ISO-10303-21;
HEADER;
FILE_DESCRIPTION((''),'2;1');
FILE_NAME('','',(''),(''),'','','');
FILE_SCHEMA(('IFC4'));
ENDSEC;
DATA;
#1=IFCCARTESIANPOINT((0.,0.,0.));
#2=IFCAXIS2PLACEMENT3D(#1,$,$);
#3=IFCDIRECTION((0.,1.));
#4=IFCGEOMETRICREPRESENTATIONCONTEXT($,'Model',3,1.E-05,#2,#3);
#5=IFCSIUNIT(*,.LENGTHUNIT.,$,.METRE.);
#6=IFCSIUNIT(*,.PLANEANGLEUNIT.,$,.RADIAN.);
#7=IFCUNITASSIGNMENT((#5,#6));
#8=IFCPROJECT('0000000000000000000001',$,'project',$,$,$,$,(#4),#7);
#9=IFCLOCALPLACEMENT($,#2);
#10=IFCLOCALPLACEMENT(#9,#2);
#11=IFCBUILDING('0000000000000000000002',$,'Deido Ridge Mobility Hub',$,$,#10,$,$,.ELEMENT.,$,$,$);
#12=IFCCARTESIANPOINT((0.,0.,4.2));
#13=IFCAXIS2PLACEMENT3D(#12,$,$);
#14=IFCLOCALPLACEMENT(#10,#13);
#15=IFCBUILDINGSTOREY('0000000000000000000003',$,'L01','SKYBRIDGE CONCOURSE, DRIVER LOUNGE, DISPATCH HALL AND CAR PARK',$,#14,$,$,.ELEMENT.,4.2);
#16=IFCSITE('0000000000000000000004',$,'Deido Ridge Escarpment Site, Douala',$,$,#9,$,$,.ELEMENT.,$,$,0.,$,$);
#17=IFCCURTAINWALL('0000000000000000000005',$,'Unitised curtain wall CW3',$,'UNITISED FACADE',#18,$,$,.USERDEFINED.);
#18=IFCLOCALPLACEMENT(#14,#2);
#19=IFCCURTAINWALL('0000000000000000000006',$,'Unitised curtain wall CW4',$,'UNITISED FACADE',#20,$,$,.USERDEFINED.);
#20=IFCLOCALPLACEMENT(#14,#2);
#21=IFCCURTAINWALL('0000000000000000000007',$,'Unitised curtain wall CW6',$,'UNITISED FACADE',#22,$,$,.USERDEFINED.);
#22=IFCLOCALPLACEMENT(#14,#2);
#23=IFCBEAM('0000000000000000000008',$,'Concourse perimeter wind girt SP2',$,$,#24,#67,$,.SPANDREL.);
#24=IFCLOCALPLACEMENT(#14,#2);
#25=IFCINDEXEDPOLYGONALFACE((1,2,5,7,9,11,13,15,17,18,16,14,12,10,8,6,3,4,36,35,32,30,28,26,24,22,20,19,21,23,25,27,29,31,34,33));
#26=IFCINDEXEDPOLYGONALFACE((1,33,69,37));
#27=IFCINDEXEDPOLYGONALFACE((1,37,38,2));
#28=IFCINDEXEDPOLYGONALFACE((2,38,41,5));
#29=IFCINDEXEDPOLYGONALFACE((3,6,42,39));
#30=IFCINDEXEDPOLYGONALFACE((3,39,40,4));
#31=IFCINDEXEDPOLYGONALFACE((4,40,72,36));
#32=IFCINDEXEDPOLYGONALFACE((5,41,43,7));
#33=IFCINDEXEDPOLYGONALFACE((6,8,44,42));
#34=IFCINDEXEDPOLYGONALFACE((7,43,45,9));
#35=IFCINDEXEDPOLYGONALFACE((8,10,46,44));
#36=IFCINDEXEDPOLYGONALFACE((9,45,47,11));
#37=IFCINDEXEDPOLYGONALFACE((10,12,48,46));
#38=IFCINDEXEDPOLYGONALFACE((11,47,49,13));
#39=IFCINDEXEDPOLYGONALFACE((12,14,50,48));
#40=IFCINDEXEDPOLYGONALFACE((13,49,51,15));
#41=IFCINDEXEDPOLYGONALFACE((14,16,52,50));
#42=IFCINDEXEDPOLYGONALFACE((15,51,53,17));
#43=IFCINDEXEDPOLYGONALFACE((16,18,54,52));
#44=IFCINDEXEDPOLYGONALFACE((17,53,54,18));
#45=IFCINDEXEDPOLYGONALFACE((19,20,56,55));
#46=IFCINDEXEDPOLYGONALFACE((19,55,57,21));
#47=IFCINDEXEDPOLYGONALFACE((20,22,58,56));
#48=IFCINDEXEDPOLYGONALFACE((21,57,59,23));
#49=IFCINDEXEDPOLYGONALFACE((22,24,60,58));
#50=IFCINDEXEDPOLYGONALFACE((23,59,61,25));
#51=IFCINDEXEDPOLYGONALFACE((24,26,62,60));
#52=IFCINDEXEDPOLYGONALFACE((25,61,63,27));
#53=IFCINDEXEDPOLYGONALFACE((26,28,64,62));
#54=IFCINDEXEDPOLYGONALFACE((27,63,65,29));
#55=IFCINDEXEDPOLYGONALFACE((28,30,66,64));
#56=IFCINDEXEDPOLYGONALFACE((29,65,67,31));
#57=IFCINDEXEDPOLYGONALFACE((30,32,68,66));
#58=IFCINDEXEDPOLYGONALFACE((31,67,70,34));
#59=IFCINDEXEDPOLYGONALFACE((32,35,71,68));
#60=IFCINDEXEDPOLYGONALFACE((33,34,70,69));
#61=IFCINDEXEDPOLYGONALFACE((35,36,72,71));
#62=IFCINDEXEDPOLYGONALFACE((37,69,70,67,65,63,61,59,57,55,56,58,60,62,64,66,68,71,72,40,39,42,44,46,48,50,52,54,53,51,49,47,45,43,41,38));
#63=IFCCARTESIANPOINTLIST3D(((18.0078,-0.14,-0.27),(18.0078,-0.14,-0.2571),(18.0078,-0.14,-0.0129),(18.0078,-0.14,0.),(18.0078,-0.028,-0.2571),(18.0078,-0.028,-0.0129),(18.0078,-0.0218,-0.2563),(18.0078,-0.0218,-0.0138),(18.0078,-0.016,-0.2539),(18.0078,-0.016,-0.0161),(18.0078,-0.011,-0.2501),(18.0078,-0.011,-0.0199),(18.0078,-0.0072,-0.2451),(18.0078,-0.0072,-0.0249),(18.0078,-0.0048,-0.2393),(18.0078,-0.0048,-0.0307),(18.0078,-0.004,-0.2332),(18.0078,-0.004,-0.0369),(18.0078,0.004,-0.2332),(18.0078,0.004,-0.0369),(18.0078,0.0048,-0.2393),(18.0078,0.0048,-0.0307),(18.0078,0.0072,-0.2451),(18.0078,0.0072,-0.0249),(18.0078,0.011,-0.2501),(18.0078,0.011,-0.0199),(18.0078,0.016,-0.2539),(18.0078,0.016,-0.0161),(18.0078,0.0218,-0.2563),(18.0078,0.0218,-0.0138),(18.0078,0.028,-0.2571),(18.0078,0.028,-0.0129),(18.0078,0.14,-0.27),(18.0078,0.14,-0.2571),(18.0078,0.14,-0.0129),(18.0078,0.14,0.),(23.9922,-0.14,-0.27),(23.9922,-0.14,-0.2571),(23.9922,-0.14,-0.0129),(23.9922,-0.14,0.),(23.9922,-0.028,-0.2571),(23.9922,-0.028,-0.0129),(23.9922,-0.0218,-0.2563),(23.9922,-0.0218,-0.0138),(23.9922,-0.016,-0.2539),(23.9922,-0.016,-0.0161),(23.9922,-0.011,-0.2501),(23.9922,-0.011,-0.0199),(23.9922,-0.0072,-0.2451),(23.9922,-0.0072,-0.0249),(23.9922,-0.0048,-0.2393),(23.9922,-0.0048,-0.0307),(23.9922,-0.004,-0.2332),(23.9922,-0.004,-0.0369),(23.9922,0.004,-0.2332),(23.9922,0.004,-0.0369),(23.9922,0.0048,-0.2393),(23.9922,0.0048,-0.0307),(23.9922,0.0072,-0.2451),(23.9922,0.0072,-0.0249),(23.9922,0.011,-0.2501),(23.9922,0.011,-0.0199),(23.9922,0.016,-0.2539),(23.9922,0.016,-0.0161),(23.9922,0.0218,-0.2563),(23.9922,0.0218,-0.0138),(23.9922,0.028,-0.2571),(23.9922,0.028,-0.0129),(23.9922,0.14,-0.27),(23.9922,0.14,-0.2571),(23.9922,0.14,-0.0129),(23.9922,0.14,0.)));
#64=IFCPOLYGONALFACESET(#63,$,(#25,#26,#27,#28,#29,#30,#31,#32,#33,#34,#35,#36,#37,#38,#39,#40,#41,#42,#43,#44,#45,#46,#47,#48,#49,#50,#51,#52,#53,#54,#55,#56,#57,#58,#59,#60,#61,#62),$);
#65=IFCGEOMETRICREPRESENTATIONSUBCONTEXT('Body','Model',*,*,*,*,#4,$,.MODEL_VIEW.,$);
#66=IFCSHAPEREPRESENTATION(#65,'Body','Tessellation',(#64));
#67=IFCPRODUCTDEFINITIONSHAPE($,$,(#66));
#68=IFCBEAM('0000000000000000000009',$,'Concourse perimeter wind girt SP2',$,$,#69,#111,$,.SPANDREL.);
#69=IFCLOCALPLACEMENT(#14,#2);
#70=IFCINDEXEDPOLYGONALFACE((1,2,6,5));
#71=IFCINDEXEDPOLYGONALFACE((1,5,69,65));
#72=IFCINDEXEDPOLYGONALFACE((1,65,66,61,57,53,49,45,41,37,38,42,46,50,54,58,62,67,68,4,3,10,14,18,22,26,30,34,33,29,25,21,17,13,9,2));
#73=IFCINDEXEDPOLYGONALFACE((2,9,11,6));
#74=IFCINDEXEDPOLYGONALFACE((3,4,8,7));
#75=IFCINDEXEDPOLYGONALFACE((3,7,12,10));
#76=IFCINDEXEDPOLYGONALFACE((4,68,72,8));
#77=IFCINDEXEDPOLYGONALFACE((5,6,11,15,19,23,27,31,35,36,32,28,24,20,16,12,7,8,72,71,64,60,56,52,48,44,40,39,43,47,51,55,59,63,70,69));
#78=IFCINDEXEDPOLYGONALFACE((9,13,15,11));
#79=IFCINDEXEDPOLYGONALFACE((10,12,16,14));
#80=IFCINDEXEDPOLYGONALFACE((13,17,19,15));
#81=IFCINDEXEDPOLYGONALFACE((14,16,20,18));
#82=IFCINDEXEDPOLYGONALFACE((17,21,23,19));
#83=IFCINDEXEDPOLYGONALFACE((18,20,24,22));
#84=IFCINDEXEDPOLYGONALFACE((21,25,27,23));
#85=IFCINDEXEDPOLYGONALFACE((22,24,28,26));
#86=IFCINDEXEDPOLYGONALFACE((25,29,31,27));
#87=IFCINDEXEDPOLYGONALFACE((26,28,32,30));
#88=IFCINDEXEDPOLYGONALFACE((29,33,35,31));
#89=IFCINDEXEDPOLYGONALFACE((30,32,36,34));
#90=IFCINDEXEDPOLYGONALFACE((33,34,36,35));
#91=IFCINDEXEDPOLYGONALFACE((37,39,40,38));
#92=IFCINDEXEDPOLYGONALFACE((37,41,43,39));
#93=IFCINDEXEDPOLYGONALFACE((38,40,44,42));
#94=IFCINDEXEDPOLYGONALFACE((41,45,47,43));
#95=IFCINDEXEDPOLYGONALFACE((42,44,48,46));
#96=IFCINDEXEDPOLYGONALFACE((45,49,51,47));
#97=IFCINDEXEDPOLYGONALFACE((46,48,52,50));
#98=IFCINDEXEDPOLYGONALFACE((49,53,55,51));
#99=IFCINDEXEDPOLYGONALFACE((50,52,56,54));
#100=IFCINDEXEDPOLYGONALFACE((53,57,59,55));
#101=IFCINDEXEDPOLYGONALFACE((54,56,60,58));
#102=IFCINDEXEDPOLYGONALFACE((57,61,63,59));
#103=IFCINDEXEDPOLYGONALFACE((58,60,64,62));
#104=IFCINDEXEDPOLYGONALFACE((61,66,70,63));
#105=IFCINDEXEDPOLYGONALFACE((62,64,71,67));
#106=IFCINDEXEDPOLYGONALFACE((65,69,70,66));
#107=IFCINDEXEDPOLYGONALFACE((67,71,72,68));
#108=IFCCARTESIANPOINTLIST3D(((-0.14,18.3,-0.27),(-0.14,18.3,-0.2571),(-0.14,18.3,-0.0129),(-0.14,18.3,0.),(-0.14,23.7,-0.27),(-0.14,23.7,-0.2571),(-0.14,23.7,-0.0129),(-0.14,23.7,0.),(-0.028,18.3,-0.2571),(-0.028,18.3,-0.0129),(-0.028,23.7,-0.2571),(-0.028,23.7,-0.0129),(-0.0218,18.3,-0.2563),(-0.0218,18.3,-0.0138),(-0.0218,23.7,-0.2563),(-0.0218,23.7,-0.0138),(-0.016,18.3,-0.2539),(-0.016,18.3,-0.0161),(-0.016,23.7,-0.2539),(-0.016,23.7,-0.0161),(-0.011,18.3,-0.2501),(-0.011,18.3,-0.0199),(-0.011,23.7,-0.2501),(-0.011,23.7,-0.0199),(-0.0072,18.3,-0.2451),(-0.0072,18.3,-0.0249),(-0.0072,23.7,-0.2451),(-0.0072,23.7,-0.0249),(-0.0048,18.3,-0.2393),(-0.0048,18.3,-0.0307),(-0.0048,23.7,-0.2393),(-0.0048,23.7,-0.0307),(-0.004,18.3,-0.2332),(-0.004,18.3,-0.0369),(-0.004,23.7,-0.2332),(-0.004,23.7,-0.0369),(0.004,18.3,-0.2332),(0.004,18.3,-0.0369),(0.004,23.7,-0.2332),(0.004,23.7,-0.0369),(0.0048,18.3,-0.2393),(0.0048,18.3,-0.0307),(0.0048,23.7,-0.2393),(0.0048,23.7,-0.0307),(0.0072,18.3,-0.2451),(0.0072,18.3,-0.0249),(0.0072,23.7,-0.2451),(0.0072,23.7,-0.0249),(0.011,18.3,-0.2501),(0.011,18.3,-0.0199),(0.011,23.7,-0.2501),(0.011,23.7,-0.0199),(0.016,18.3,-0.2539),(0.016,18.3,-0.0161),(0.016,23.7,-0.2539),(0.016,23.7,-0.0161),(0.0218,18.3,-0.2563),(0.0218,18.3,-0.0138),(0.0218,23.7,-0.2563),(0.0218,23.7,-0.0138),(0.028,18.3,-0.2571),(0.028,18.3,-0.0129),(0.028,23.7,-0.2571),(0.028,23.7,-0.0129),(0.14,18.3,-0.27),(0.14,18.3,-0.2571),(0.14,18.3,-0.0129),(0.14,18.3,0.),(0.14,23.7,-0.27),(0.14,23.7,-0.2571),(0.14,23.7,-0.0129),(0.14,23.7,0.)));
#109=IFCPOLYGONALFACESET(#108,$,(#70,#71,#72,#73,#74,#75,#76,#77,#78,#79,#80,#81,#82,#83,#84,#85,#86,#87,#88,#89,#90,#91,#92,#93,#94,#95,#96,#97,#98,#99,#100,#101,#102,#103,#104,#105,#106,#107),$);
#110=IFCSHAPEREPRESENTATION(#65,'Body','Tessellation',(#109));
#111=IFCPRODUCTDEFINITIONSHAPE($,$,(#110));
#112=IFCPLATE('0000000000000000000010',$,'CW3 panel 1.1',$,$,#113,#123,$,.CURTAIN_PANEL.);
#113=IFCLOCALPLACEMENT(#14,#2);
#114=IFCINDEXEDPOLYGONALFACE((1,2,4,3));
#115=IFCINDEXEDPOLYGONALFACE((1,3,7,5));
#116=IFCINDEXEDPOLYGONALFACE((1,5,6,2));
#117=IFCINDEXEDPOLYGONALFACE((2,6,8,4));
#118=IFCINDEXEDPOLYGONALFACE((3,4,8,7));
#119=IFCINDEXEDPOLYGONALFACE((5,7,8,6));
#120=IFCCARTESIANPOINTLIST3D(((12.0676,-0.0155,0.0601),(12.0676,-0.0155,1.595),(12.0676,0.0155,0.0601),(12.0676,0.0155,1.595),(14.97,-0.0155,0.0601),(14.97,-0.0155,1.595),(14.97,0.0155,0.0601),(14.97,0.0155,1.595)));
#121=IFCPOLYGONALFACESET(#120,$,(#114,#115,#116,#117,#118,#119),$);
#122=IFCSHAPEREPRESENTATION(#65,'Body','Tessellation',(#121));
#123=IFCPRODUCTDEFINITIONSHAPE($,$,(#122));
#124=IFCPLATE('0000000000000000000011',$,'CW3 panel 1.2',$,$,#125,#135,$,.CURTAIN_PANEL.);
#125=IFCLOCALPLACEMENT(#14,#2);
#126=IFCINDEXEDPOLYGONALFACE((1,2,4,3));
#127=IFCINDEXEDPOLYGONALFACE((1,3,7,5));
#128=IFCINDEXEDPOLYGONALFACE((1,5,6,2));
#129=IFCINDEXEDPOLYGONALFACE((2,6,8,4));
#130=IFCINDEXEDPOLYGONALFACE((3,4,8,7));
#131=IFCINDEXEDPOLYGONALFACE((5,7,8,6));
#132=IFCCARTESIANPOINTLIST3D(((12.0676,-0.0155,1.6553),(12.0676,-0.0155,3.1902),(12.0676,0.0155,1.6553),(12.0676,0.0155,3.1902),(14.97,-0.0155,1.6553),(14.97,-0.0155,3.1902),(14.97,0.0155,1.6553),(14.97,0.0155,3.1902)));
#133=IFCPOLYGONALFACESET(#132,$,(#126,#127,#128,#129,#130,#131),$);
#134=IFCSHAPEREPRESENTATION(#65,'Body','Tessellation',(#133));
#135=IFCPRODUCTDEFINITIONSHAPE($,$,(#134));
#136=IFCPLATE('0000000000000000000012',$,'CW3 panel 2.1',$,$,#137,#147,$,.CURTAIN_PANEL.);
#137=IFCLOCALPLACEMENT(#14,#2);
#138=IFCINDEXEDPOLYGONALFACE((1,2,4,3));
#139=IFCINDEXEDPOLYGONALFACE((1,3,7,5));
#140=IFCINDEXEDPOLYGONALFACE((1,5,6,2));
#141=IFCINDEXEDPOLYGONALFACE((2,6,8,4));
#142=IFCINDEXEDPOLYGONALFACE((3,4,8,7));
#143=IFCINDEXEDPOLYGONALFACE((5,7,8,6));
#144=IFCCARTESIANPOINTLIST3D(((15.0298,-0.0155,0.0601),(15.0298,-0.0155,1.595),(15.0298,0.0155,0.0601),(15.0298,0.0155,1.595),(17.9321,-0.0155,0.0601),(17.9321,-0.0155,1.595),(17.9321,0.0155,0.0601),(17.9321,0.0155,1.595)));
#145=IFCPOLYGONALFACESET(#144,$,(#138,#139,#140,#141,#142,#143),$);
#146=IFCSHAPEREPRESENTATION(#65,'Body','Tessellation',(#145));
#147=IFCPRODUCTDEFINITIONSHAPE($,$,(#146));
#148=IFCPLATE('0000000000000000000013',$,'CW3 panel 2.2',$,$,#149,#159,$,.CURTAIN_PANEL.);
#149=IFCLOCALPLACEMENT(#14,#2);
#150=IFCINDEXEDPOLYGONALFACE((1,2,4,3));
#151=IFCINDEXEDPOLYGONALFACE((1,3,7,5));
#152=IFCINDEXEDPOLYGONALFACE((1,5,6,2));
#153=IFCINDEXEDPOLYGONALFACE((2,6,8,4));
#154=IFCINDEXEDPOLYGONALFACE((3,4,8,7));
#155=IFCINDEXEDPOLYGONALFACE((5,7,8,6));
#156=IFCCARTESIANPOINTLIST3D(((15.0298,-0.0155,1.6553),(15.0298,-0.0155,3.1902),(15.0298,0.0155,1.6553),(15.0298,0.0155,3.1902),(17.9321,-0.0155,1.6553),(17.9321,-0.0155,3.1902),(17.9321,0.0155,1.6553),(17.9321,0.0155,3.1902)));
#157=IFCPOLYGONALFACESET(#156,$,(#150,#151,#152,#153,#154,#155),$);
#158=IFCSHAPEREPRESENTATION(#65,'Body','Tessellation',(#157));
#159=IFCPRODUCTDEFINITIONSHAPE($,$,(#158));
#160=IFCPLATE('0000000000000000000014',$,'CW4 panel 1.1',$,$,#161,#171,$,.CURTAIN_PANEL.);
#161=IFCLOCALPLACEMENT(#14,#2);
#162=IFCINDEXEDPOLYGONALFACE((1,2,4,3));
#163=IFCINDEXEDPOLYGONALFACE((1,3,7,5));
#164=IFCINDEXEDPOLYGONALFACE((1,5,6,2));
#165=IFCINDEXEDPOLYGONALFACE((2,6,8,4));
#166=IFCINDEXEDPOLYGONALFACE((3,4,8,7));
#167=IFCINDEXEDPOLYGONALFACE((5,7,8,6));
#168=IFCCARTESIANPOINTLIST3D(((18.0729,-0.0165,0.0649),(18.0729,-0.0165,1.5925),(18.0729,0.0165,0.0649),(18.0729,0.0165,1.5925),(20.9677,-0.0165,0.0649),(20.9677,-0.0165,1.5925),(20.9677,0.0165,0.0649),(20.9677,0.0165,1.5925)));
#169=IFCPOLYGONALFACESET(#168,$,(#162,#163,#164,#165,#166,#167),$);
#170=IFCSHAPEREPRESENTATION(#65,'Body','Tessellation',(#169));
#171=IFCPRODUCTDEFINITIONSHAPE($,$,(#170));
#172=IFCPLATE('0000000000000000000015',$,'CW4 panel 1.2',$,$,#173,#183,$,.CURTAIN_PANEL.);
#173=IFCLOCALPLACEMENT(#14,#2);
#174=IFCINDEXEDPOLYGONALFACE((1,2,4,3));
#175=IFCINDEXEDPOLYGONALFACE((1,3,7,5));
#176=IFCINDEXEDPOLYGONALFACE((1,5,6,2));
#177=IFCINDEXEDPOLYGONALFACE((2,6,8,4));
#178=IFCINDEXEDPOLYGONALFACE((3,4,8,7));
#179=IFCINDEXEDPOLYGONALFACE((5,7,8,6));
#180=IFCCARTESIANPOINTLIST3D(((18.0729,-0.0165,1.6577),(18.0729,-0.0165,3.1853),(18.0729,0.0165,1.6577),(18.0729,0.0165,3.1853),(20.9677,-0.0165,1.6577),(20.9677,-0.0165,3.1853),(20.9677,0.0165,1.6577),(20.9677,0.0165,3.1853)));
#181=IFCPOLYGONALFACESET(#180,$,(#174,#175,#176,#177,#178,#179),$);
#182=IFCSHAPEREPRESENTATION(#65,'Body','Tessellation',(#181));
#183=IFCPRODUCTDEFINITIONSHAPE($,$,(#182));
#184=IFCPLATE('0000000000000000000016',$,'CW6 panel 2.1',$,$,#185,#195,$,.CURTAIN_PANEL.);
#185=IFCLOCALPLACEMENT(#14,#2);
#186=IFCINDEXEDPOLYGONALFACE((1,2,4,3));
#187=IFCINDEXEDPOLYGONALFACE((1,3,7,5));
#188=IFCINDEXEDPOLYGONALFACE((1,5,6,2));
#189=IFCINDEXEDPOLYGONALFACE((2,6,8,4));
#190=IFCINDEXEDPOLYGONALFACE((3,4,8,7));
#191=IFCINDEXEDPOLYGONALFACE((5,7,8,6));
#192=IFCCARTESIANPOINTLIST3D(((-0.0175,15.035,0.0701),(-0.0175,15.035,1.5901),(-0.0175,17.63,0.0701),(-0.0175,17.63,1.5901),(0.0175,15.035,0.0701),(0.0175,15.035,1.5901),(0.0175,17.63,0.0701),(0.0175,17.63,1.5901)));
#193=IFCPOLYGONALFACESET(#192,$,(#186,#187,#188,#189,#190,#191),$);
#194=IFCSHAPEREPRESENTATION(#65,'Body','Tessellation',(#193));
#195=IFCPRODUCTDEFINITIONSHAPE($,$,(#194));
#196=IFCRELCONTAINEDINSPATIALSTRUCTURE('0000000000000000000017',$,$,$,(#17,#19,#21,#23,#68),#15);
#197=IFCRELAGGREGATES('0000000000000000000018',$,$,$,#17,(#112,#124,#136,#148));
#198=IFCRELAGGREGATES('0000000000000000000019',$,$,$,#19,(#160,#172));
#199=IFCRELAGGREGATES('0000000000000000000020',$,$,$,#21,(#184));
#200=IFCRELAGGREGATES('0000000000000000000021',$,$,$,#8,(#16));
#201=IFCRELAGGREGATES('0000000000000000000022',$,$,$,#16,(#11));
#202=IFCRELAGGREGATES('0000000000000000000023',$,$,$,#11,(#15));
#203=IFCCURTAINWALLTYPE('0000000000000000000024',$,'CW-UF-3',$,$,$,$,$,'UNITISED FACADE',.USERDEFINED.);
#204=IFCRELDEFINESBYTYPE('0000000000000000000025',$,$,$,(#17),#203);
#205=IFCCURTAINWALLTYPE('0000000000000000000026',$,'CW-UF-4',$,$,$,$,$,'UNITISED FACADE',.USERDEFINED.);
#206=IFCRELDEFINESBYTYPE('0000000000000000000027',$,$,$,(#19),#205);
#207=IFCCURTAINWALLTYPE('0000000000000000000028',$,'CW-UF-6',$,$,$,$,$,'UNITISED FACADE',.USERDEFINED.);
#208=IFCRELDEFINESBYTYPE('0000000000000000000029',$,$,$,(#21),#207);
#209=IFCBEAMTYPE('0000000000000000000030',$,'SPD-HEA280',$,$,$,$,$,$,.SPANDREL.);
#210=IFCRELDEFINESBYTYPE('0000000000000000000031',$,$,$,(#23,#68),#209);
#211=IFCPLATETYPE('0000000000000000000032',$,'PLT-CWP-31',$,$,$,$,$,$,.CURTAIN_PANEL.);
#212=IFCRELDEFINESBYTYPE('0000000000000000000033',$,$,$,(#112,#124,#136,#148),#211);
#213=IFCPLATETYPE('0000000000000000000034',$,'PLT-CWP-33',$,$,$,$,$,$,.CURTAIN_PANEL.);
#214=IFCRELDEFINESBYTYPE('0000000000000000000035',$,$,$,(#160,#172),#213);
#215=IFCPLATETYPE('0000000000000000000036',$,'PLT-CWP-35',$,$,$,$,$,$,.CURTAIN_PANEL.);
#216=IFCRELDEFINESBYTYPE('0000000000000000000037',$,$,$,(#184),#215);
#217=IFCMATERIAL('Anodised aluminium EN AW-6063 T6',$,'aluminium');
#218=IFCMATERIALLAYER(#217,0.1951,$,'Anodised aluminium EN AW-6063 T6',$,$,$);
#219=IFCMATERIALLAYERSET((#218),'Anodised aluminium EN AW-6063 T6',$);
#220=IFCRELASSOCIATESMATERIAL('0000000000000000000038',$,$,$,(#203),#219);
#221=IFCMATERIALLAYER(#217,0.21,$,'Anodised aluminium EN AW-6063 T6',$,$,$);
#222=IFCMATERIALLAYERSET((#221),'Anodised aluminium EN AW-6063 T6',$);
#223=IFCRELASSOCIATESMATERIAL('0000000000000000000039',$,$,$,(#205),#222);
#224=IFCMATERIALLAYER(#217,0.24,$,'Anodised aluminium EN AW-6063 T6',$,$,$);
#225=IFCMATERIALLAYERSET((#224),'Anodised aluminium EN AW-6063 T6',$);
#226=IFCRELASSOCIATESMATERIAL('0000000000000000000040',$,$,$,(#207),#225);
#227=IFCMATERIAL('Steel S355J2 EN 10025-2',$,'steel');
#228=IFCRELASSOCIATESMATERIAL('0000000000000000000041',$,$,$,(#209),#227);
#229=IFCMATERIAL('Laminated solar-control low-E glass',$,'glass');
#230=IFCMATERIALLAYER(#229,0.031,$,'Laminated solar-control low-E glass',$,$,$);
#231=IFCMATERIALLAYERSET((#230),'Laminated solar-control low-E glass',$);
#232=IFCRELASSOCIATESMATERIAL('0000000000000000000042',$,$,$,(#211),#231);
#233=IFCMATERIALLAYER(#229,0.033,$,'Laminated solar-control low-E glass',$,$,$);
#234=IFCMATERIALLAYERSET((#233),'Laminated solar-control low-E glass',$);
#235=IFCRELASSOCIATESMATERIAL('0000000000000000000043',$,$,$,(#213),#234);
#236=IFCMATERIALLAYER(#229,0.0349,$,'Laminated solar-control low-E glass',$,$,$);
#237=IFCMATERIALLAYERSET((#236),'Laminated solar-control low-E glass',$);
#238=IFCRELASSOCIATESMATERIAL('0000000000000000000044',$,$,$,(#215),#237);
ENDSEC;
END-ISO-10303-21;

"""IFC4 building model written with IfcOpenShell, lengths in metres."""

from ifc_helpers import new_model, si_unit, direction, frame, origin, origin_2d, place, context, subcontext, project, spatial, rectangle, i_section, extrude, material, layer, layer_set, material_profile, profile_set, type_object, element, aggregate, save


model = new_model("IFC4")

# Units and contexts
model_context = context("Model", 3, precision=1e-05, world=origin(), true_north=direction((0.0, 1.0)))
body_context = subcontext(model_context, "Body", "Model", "MODEL_VIEW")
ifc_project = project(units=[si_unit("LENGTHUNIT", "METRE"), si_unit("PLANEANGLEUNIT", "RADIAN")], contexts=[model_context])

# Site, building, storey
site_placement = place(None, origin())
site = spatial("IfcSite", under=ifc_project, at=site_placement, Name="Deido Ridge Escarpment Site, Douala", CompositionType="ELEMENT", RefElevation=0.0)
building_placement = place(site_placement, origin())
building = spatial("IfcBuilding", under=site, at=building_placement, Name="Deido Ridge Mobility Hub", CompositionType="ELEMENT")
storey_placement = place(building_placement, frame((0.0, 0.0, 4.2)))
storey = spatial("IfcBuildingStorey", under=building, at=storey_placement, Name="L01", Description="SKYBRIDGE CONCOURSE, DRIVER LOUNGE, DISPATCH HALL AND CAR PARK", CompositionType="ELEMENT", Elevation=4.2)

# Shared definitions
ifc_material_1 = material(Name="Steel S355J2 EN 10025-2", Category="steel")

# Curtain walls
ifc_material_2 = material(Name="Anodised aluminium EN AW-6063 T6", Category="aluminium")
ifc_layer_1 = layer(ifc_material_2, 0.1951, Name="Anodised aluminium EN AW-6063 T6")
ifc_layer_set_1 = layer_set([ifc_layer_1], Name="Anodised aluminium EN AW-6063 T6")
curtain_wall_type_1 = type_object("IfcCurtainWallType", Name="CW-UF-3", ElementType="UNITISED FACADE", PredefinedType="USERDEFINED", material=ifc_layer_set_1)
curtain_wall_1_placement = place(storey_placement, origin())
curtain_wall_1 = element("IfcCurtainWall", 1, at=curtain_wall_1_placement, inside=storey, type_object=curtain_wall_type_1, Name="Unitised curtain wall CW3", ObjectType="UNITISED FACADE", PredefinedType="USERDEFINED")
ifc_layer_2 = layer(ifc_material_2, 0.21, Name="Anodised aluminium EN AW-6063 T6")
ifc_layer_set_2 = layer_set([ifc_layer_2], Name="Anodised aluminium EN AW-6063 T6")
curtain_wall_type_2 = type_object("IfcCurtainWallType", Name="CW-UF-4", ElementType="UNITISED FACADE", PredefinedType="USERDEFINED", material=ifc_layer_set_2)
curtain_wall_2_placement = place(storey_placement, origin())
curtain_wall_2 = element("IfcCurtainWall", 2, at=curtain_wall_2_placement, inside=storey, type_object=curtain_wall_type_2, Name="Unitised curtain wall CW4", ObjectType="UNITISED FACADE", PredefinedType="USERDEFINED")
ifc_layer_3 = layer(ifc_material_2, 0.24, Name="Anodised aluminium EN AW-6063 T6")
ifc_layer_set_3 = layer_set([ifc_layer_3], Name="Anodised aluminium EN AW-6063 T6")
curtain_wall_type_3 = type_object("IfcCurtainWallType", Name="CW-UF-6", ElementType="UNITISED FACADE", PredefinedType="USERDEFINED", material=ifc_layer_set_3)
curtain_wall_3_placement = place(storey_placement, origin())
curtain_wall_3 = element("IfcCurtainWall", 3, at=curtain_wall_3_placement, inside=storey, type_object=curtain_wall_type_3, Name="Unitised curtain wall CW6", ObjectType="UNITISED FACADE", PredefinedType="USERDEFINED")

# Beams
ifc_material_profile_1 = material_profile(ifc_material_1, i_section(OverallWidth=0.28, OverallDepth=0.27, WebThickness=0.0081, FlangeThickness=0.0129, FilletRadius=0.0239, at=origin_2d()), Name="HEA 280")
ifc_profile_set_1 = profile_set([ifc_material_profile_1], Name="Steel S355J2 EN 10025-2")
beam_type = type_object("IfcBeamType", Name="SPD-HEA280", PredefinedType="SPANDREL", material=ifc_profile_set_1)
beam_1_placement = place(storey_placement, frame((18.0078, 0.0, -0.135), z_axis=(1.0, 0.0, 0.0), x_axis=(0.0, 1.0, 0.0)))
element("IfcBeam", 4, at=beam_1_placement, inside=storey, type_object=beam_type, Name="Concourse perimeter wind girt SP2", PredefinedType="SPANDREL", context=body_context, shape_type="SweptSolid", body=[
    extrude(i_section(OverallWidth=0.28, OverallDepth=0.27, WebThickness=0.0081, FlangeThickness=0.0129, FilletRadius=0.0239, at=origin_2d()), origin(), (0.0, 0.0, 1.0), 5.9844),
])
beam_2_placement = place(storey_placement, frame((0.0, 18.3, -0.135), z_axis=(0.0, 1.0, 0.0), x_axis=(-1.0, 0.0, 0.0)))
element("IfcBeam", 5, at=beam_2_placement, inside=storey, type_object=beam_type, Name="Concourse perimeter wind girt SP2", PredefinedType="SPANDREL", context=body_context, shape_type="SweptSolid", body=[
    extrude(i_section(OverallWidth=0.28, OverallDepth=0.27, WebThickness=0.0081, FlangeThickness=0.0129, FilletRadius=0.0239, at=origin_2d()), origin(), (0.0, 0.0, 1.0), 5.3999),
])

# Plates
ifc_material_3 = material(Name="Laminated solar-control low-E glass", Category="glass")
ifc_layer_4 = layer(ifc_material_3, 0.031, Name="Laminated solar-control low-E glass")
ifc_layer_set_4 = layer_set([ifc_layer_4], Name="Laminated solar-control low-E glass")
plate_type_1 = type_object("IfcPlateType", Name="PLT-CWP-31", PredefinedType="CURTAIN_PANEL", material=ifc_layer_set_4)
plate_1_placement = place(storey_placement, frame((13.5188, 0.0, 0.0601), z_axis=(0.0, 0.0, 1.0), x_axis=(1.0, 0.0, 0.0)))
plate_1 = element("IfcPlate", 6, at=plate_1_placement, type_object=plate_type_1, Name="CW3 panel 1.1", PredefinedType="CURTAIN_PANEL", context=body_context, shape_type="SweptSolid", body=[
    extrude(rectangle(XDim=2.9023, YDim=0.031, at=origin_2d()), origin(), (0.0, 0.0, 1.0), 1.5349),
])
plate_2_placement = place(storey_placement, frame((13.5188, 0.0, 1.6553), z_axis=(0.0, 0.0, 1.0), x_axis=(1.0, 0.0, 0.0)))
plate_2 = element("IfcPlate", 7, at=plate_2_placement, type_object=plate_type_1, Name="CW3 panel 1.2", PredefinedType="CURTAIN_PANEL", context=body_context, shape_type="SweptSolid", body=[
    extrude(rectangle(XDim=2.9023, YDim=0.031, at=origin_2d()), origin(), (0.0, 0.0, 1.0), 1.5349),
])
plate_3_placement = place(storey_placement, frame((16.481, 0.0, 0.0601), z_axis=(0.0, 0.0, 1.0), x_axis=(1.0, 0.0, 0.0)))
plate_3 = element("IfcPlate", 8, at=plate_3_placement, type_object=plate_type_1, Name="CW3 panel 2.1", PredefinedType="CURTAIN_PANEL", context=body_context, shape_type="SweptSolid", body=[
    extrude(rectangle(XDim=2.9023, YDim=0.031, at=origin_2d()), origin(), (0.0, 0.0, 1.0), 1.5349),
])
plate_4_placement = place(storey_placement, frame((16.481, 0.0, 1.6553), z_axis=(0.0, 0.0, 1.0), x_axis=(1.0, 0.0, 0.0)))
plate_4 = element("IfcPlate", 9, at=plate_4_placement, type_object=plate_type_1, Name="CW3 panel 2.2", PredefinedType="CURTAIN_PANEL", context=body_context, shape_type="SweptSolid", body=[
    extrude(rectangle(XDim=2.9023, YDim=0.031, at=origin_2d()), origin(), (0.0, 0.0, 1.0), 1.5349),
])
aggregate(curtain_wall_1, [plate_1, plate_2, plate_3, plate_4])
ifc_layer_5 = layer(ifc_material_3, 0.033, Name="Laminated solar-control low-E glass")
ifc_layer_set_5 = layer_set([ifc_layer_5], Name="Laminated solar-control low-E glass")
plate_type_2 = type_object("IfcPlateType", Name="PLT-CWP-33", PredefinedType="CURTAIN_PANEL", material=ifc_layer_set_5)
plate_5_placement = place(storey_placement, frame((19.5203, 0.0, 0.0649), z_axis=(0.0, 0.0, 1.0), x_axis=(1.0, 0.0, 0.0)))
plate_5 = element("IfcPlate", 10, at=plate_5_placement, type_object=plate_type_2, Name="CW4 panel 1.1", PredefinedType="CURTAIN_PANEL", context=body_context, shape_type="SweptSolid", body=[
    extrude(rectangle(XDim=2.8948, YDim=0.033, at=origin_2d()), origin(), (0.0, 0.0, 1.0), 1.5276),
])
plate_6_placement = place(storey_placement, frame((19.5203, 0.0, 1.6577), z_axis=(0.0, 0.0, 1.0), x_axis=(1.0, 0.0, 0.0)))
plate_6 = element("IfcPlate", 11, at=plate_6_placement, type_object=plate_type_2, Name="CW4 panel 1.2", PredefinedType="CURTAIN_PANEL", context=body_context, shape_type="SweptSolid", body=[
    extrude(rectangle(XDim=2.8948, YDim=0.033, at=origin_2d()), origin(), (0.0, 0.0, 1.0), 1.5276),
])
aggregate(curtain_wall_2, [plate_5, plate_6])
ifc_layer_6 = layer(ifc_material_3, 0.0349, Name="Laminated solar-control low-E glass")
ifc_layer_set_6 = layer_set([ifc_layer_6], Name="Laminated solar-control low-E glass")
plate_type_3 = type_object("IfcPlateType", Name="PLT-CWP-35", PredefinedType="CURTAIN_PANEL", material=ifc_layer_set_6)
plate_7_placement = place(storey_placement, frame((0.0, 16.3325, 0.0701), z_axis=(0.0, 0.0, 1.0), x_axis=(0.0, 1.0, 0.0)))
plate_7 = element("IfcPlate", 12, at=plate_7_placement, type_object=plate_type_3, Name="CW6 panel 2.1", PredefinedType="CURTAIN_PANEL", context=body_context, shape_type="SweptSolid", body=[
    extrude(rectangle(XDim=2.595, YDim=0.0349, at=origin_2d()), origin(), (0.0, 0.0, 1.0), 1.52),
])
aggregate(curtain_wall_3, [plate_7])

save(model, "model.ifc")
